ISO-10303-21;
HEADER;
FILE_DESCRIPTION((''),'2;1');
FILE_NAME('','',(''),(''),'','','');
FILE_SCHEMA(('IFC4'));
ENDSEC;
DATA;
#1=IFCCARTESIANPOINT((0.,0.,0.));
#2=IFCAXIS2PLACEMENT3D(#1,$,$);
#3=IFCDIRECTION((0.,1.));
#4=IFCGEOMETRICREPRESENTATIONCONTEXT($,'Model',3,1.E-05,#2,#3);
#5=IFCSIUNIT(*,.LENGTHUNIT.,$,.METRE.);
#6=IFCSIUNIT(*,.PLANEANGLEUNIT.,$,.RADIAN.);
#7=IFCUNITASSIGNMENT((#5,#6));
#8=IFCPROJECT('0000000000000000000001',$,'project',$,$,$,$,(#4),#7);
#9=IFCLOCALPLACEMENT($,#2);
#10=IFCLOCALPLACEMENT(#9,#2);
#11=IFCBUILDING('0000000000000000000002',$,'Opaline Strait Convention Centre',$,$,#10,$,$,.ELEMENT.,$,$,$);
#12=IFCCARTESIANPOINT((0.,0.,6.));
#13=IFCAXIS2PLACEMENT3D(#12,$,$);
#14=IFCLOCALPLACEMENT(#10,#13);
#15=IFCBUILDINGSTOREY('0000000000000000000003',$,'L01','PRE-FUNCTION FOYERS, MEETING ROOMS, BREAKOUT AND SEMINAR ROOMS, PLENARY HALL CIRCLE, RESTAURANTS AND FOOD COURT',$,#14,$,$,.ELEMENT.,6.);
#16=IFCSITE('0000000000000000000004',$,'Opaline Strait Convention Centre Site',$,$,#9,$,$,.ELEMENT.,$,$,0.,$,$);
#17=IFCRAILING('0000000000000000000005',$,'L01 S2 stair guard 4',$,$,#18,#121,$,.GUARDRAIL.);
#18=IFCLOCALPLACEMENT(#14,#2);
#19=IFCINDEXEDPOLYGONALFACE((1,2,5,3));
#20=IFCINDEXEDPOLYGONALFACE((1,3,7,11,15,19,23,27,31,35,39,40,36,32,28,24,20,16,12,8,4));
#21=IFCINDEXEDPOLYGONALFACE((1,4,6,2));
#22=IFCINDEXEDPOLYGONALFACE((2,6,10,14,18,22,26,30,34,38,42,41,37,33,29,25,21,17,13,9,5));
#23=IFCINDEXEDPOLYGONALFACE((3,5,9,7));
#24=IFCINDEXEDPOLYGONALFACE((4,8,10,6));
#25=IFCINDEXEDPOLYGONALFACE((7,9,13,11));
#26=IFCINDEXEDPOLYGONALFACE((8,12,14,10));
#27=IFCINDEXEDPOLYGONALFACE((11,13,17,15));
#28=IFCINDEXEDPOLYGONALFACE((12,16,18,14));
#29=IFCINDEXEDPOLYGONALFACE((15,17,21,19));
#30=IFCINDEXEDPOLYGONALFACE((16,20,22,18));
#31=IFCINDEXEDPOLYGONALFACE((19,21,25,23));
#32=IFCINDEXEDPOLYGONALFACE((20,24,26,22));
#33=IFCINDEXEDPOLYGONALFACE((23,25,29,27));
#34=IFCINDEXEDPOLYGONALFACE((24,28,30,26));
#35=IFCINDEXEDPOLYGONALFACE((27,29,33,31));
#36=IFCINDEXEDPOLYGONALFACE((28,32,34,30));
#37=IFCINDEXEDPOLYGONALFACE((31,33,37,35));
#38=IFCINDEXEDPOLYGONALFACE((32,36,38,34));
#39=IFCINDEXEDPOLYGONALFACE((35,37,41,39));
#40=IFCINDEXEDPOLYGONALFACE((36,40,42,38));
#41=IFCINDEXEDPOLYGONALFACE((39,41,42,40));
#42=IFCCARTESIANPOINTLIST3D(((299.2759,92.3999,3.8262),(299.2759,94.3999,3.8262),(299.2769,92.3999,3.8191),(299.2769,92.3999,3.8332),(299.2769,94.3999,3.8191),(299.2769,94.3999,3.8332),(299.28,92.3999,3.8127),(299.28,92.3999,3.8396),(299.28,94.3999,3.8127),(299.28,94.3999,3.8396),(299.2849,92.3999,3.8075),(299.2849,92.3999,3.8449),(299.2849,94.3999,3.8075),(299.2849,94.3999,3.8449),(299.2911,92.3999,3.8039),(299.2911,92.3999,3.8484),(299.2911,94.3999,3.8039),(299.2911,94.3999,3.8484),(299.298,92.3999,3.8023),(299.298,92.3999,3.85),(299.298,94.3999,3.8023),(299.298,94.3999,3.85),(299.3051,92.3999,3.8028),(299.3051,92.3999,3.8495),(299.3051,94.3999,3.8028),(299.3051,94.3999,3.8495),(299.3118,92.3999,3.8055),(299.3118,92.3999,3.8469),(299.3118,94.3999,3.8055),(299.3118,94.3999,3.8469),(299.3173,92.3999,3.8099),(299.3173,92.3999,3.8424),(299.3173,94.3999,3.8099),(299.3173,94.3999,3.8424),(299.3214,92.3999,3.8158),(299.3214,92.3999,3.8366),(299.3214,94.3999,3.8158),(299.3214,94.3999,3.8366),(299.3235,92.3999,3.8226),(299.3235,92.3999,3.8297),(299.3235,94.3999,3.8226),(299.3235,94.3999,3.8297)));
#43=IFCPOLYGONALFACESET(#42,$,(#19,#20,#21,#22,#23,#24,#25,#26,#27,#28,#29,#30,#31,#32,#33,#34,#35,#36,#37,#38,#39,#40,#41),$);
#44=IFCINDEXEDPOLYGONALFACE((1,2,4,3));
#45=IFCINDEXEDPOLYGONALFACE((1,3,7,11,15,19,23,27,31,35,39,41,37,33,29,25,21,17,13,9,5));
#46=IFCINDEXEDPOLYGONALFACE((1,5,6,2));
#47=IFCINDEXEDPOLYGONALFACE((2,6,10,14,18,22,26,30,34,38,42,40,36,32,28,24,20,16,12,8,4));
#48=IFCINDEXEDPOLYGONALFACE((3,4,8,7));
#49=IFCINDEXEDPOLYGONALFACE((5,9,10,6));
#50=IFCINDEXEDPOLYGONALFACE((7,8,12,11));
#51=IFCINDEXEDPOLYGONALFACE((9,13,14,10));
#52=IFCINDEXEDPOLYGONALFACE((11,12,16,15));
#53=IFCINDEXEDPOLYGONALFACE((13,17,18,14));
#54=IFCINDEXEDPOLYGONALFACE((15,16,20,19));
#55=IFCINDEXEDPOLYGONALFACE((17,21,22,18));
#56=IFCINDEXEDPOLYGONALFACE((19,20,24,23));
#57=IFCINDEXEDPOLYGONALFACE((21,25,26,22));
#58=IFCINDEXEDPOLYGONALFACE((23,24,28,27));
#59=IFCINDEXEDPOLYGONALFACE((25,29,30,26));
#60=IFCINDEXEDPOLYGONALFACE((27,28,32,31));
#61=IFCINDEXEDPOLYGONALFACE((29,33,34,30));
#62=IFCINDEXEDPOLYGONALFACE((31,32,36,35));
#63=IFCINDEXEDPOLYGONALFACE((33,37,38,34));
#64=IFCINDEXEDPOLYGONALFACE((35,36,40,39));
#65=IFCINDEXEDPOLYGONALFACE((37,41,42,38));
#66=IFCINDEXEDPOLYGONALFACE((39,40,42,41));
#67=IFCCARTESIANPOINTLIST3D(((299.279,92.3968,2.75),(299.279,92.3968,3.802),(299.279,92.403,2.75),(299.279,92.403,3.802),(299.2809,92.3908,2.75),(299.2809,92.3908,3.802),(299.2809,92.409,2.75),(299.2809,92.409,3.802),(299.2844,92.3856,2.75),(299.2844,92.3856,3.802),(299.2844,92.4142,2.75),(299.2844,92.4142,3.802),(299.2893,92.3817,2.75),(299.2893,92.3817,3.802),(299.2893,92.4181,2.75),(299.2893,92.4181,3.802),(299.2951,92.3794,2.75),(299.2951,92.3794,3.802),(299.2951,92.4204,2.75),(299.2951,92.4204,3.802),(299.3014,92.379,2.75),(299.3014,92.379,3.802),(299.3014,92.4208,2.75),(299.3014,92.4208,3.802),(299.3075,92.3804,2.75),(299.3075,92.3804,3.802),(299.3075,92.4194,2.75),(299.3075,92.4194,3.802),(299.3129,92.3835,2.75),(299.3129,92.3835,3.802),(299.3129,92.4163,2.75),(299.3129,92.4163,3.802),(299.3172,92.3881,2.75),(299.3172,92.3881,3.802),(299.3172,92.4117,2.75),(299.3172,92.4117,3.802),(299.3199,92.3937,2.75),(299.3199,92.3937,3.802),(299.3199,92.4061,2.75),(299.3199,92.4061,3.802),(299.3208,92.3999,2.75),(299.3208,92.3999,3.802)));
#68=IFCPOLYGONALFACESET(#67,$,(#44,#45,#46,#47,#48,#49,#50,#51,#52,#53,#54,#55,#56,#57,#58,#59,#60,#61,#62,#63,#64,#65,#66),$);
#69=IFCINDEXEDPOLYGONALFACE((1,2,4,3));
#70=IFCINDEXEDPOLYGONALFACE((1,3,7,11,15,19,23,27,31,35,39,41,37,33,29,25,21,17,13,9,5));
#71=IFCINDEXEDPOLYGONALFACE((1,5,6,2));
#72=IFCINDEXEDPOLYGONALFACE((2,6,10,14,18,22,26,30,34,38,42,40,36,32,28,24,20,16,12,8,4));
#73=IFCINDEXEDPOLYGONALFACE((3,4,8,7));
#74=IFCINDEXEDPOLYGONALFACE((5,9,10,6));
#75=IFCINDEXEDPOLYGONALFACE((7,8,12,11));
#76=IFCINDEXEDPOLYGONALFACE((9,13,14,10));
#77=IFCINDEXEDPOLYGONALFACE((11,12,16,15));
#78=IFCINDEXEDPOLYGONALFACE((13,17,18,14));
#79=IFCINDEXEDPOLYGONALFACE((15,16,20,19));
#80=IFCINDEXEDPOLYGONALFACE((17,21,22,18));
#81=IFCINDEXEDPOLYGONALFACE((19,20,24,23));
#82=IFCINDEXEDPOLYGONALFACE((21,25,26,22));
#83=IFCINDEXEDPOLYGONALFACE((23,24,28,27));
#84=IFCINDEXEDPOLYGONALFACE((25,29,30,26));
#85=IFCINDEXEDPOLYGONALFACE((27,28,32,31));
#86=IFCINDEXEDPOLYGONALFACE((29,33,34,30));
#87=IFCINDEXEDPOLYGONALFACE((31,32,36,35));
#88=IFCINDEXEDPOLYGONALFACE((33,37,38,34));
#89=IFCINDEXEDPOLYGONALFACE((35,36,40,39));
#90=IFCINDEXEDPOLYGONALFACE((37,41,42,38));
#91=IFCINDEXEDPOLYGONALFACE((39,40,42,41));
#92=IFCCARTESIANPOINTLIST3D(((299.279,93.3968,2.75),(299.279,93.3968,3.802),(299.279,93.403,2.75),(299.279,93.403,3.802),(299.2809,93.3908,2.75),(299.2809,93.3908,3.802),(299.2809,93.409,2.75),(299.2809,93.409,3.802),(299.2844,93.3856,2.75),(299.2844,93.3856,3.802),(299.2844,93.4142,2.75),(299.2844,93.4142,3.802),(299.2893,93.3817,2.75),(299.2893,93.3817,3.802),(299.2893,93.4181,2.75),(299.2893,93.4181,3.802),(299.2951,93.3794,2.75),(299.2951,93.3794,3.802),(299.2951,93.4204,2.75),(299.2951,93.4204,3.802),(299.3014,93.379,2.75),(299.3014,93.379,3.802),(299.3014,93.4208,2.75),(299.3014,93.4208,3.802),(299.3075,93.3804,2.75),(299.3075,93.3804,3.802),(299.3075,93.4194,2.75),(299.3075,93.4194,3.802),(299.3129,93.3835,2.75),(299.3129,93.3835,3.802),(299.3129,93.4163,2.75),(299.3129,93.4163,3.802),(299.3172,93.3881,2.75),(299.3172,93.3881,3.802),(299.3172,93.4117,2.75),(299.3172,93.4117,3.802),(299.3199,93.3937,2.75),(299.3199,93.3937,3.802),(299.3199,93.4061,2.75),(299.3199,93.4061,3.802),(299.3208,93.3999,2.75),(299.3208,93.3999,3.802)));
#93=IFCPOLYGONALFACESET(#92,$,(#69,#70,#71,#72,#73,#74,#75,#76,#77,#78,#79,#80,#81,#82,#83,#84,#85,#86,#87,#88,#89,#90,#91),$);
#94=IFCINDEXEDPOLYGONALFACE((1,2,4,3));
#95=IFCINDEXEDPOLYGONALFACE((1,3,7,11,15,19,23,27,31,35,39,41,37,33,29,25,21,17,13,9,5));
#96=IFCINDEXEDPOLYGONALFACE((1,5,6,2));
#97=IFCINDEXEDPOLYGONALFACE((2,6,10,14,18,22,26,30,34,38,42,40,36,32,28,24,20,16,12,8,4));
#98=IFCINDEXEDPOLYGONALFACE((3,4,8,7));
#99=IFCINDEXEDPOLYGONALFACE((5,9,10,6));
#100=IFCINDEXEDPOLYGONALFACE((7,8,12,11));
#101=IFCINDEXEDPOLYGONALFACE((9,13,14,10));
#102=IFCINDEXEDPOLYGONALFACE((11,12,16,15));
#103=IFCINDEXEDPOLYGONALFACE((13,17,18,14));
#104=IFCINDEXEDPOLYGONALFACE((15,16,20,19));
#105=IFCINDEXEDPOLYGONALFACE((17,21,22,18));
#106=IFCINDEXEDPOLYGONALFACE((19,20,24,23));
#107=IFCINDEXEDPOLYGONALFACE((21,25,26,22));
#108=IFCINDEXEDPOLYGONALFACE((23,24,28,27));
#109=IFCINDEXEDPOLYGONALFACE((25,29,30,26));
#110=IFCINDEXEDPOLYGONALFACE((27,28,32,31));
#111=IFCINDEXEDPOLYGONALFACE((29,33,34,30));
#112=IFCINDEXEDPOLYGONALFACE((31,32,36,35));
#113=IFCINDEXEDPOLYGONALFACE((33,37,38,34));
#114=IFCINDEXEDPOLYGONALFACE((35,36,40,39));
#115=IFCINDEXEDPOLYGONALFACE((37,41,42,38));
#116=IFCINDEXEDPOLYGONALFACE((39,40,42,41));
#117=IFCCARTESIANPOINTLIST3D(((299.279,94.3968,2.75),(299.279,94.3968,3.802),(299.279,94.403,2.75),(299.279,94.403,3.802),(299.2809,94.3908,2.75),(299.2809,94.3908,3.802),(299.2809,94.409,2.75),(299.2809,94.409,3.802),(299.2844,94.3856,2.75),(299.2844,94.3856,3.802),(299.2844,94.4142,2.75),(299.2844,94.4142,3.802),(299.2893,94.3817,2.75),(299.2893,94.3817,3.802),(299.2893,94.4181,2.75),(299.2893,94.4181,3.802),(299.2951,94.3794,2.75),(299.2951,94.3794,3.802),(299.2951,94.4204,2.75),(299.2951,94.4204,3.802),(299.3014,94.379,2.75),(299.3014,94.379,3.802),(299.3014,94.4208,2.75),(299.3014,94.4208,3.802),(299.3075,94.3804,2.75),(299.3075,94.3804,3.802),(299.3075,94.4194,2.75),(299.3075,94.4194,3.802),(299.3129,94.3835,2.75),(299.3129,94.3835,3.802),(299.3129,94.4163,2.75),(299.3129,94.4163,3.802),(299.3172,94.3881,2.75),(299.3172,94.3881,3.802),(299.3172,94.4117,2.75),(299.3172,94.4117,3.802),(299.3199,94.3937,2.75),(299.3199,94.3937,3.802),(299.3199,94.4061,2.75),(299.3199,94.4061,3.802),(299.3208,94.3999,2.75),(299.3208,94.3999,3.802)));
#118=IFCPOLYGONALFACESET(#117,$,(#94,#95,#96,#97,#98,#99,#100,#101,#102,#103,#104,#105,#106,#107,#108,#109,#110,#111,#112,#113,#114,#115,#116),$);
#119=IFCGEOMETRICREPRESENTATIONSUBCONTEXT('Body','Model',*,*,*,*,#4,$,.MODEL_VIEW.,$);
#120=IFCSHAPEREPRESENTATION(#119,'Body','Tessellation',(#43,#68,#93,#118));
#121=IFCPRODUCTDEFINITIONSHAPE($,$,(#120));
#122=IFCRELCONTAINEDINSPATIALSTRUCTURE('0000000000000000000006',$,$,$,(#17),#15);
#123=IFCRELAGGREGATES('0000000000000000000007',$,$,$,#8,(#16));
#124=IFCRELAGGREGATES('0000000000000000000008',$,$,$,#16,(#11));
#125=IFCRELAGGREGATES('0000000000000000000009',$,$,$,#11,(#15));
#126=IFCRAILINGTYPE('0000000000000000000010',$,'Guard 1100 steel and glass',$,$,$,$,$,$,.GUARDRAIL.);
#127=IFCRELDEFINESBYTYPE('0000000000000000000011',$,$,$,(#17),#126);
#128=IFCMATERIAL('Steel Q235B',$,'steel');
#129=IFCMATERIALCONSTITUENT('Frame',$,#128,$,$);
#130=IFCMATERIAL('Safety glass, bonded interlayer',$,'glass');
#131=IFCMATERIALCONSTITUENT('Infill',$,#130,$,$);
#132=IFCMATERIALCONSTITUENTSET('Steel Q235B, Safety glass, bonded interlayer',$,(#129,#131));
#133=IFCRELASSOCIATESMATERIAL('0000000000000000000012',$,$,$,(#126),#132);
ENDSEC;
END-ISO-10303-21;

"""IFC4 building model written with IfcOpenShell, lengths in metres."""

from ifc_helpers import new_model, si_unit, direction, frame, origin, origin_2d, place, context, subcontext, project, spatial, circle, extrude, material, constituent, constituent_set, type_object, element, save


model = new_model("IFC4")

# Units and contexts
model_context = context("Model", 3, precision=1e-05, world=origin(), true_north=direction((0.0, 1.0)))
body_context = subcontext(model_context, "Body", "Model", "MODEL_VIEW")
ifc_project = project(units=[si_unit("LENGTHUNIT", "METRE"), si_unit("PLANEANGLEUNIT", "RADIAN")], contexts=[model_context])

# Site, building, storey
site_placement = place(None, origin())
site = spatial("IfcSite", under=ifc_project, at=site_placement, Name="Opaline Strait Convention Centre Site", CompositionType="ELEMENT", RefElevation=0.0)
building_placement = place(site_placement, origin())
building = spatial("IfcBuilding", under=site, at=building_placement, Name="Opaline Strait Convention Centre", CompositionType="ELEMENT")
storey_placement = place(building_placement, frame((0.0, 0.0, 6.0)))
storey = spatial("IfcBuildingStorey", under=building, at=storey_placement, Name="L01", Description="PRE-FUNCTION FOYERS, MEETING ROOMS, BREAKOUT AND SEMINAR ROOMS, PLENARY HALL CIRCLE, RESTAURANTS AND FOOD COURT", CompositionType="ELEMENT", Elevation=6.0)

# Railing
ifc_material_1 = material(Name="Steel Q235B", Category="steel")
ifc_constituent_1 = constituent(ifc_material_1, Name="Frame")
ifc_material_2 = material(Name="Safety glass, bonded interlayer", Category="glass")
ifc_constituent_2 = constituent(ifc_material_2, Name="Infill")
ifc_constituent_set = constituent_set(constituents=[ifc_constituent_1, ifc_constituent_2], Name="Steel Q235B, Safety glass, bonded interlayer")
railing_type_1 = type_object("IfcRailingType", Name="Guard 1100 steel and glass", PredefinedType="GUARDRAIL", material=ifc_constituent_set)
railing_1_placement = place(storey_placement, frame((299.2998, 92.3999, 2.75)))
element("IfcRailing", 1, at=railing_1_placement, inside=storey, type_object=railing_type_1, Name="L01 S2 stair guard 4", PredefinedType="GUARDRAIL", context=body_context, shape_type="SweptSolid", body=[
    extrude(circle(Radius=0.0239, at=origin_2d()), frame((0.0, 0.0, 1.0762), z_axis=(0.0, 1.0, 0.0), x_axis=(-1.0, 0.0, 0.0)), (0.0, 0.0, 1.0), 2.0),
    extrude(circle(Radius=0.021, at=origin_2d()), origin(), (0.0, 0.0, 1.0), 1.052),
    extrude(circle(Radius=0.021, at=origin_2d()), frame((0.0, 1.0, 0.0)), (0.0, 0.0, 1.0), 1.052),
    extrude(circle(Radius=0.021, at=origin_2d()), frame((0.0, 2.0, 0.0)), (0.0, 0.0, 1.0), 1.052),
])

save(model, "model.ifc")
